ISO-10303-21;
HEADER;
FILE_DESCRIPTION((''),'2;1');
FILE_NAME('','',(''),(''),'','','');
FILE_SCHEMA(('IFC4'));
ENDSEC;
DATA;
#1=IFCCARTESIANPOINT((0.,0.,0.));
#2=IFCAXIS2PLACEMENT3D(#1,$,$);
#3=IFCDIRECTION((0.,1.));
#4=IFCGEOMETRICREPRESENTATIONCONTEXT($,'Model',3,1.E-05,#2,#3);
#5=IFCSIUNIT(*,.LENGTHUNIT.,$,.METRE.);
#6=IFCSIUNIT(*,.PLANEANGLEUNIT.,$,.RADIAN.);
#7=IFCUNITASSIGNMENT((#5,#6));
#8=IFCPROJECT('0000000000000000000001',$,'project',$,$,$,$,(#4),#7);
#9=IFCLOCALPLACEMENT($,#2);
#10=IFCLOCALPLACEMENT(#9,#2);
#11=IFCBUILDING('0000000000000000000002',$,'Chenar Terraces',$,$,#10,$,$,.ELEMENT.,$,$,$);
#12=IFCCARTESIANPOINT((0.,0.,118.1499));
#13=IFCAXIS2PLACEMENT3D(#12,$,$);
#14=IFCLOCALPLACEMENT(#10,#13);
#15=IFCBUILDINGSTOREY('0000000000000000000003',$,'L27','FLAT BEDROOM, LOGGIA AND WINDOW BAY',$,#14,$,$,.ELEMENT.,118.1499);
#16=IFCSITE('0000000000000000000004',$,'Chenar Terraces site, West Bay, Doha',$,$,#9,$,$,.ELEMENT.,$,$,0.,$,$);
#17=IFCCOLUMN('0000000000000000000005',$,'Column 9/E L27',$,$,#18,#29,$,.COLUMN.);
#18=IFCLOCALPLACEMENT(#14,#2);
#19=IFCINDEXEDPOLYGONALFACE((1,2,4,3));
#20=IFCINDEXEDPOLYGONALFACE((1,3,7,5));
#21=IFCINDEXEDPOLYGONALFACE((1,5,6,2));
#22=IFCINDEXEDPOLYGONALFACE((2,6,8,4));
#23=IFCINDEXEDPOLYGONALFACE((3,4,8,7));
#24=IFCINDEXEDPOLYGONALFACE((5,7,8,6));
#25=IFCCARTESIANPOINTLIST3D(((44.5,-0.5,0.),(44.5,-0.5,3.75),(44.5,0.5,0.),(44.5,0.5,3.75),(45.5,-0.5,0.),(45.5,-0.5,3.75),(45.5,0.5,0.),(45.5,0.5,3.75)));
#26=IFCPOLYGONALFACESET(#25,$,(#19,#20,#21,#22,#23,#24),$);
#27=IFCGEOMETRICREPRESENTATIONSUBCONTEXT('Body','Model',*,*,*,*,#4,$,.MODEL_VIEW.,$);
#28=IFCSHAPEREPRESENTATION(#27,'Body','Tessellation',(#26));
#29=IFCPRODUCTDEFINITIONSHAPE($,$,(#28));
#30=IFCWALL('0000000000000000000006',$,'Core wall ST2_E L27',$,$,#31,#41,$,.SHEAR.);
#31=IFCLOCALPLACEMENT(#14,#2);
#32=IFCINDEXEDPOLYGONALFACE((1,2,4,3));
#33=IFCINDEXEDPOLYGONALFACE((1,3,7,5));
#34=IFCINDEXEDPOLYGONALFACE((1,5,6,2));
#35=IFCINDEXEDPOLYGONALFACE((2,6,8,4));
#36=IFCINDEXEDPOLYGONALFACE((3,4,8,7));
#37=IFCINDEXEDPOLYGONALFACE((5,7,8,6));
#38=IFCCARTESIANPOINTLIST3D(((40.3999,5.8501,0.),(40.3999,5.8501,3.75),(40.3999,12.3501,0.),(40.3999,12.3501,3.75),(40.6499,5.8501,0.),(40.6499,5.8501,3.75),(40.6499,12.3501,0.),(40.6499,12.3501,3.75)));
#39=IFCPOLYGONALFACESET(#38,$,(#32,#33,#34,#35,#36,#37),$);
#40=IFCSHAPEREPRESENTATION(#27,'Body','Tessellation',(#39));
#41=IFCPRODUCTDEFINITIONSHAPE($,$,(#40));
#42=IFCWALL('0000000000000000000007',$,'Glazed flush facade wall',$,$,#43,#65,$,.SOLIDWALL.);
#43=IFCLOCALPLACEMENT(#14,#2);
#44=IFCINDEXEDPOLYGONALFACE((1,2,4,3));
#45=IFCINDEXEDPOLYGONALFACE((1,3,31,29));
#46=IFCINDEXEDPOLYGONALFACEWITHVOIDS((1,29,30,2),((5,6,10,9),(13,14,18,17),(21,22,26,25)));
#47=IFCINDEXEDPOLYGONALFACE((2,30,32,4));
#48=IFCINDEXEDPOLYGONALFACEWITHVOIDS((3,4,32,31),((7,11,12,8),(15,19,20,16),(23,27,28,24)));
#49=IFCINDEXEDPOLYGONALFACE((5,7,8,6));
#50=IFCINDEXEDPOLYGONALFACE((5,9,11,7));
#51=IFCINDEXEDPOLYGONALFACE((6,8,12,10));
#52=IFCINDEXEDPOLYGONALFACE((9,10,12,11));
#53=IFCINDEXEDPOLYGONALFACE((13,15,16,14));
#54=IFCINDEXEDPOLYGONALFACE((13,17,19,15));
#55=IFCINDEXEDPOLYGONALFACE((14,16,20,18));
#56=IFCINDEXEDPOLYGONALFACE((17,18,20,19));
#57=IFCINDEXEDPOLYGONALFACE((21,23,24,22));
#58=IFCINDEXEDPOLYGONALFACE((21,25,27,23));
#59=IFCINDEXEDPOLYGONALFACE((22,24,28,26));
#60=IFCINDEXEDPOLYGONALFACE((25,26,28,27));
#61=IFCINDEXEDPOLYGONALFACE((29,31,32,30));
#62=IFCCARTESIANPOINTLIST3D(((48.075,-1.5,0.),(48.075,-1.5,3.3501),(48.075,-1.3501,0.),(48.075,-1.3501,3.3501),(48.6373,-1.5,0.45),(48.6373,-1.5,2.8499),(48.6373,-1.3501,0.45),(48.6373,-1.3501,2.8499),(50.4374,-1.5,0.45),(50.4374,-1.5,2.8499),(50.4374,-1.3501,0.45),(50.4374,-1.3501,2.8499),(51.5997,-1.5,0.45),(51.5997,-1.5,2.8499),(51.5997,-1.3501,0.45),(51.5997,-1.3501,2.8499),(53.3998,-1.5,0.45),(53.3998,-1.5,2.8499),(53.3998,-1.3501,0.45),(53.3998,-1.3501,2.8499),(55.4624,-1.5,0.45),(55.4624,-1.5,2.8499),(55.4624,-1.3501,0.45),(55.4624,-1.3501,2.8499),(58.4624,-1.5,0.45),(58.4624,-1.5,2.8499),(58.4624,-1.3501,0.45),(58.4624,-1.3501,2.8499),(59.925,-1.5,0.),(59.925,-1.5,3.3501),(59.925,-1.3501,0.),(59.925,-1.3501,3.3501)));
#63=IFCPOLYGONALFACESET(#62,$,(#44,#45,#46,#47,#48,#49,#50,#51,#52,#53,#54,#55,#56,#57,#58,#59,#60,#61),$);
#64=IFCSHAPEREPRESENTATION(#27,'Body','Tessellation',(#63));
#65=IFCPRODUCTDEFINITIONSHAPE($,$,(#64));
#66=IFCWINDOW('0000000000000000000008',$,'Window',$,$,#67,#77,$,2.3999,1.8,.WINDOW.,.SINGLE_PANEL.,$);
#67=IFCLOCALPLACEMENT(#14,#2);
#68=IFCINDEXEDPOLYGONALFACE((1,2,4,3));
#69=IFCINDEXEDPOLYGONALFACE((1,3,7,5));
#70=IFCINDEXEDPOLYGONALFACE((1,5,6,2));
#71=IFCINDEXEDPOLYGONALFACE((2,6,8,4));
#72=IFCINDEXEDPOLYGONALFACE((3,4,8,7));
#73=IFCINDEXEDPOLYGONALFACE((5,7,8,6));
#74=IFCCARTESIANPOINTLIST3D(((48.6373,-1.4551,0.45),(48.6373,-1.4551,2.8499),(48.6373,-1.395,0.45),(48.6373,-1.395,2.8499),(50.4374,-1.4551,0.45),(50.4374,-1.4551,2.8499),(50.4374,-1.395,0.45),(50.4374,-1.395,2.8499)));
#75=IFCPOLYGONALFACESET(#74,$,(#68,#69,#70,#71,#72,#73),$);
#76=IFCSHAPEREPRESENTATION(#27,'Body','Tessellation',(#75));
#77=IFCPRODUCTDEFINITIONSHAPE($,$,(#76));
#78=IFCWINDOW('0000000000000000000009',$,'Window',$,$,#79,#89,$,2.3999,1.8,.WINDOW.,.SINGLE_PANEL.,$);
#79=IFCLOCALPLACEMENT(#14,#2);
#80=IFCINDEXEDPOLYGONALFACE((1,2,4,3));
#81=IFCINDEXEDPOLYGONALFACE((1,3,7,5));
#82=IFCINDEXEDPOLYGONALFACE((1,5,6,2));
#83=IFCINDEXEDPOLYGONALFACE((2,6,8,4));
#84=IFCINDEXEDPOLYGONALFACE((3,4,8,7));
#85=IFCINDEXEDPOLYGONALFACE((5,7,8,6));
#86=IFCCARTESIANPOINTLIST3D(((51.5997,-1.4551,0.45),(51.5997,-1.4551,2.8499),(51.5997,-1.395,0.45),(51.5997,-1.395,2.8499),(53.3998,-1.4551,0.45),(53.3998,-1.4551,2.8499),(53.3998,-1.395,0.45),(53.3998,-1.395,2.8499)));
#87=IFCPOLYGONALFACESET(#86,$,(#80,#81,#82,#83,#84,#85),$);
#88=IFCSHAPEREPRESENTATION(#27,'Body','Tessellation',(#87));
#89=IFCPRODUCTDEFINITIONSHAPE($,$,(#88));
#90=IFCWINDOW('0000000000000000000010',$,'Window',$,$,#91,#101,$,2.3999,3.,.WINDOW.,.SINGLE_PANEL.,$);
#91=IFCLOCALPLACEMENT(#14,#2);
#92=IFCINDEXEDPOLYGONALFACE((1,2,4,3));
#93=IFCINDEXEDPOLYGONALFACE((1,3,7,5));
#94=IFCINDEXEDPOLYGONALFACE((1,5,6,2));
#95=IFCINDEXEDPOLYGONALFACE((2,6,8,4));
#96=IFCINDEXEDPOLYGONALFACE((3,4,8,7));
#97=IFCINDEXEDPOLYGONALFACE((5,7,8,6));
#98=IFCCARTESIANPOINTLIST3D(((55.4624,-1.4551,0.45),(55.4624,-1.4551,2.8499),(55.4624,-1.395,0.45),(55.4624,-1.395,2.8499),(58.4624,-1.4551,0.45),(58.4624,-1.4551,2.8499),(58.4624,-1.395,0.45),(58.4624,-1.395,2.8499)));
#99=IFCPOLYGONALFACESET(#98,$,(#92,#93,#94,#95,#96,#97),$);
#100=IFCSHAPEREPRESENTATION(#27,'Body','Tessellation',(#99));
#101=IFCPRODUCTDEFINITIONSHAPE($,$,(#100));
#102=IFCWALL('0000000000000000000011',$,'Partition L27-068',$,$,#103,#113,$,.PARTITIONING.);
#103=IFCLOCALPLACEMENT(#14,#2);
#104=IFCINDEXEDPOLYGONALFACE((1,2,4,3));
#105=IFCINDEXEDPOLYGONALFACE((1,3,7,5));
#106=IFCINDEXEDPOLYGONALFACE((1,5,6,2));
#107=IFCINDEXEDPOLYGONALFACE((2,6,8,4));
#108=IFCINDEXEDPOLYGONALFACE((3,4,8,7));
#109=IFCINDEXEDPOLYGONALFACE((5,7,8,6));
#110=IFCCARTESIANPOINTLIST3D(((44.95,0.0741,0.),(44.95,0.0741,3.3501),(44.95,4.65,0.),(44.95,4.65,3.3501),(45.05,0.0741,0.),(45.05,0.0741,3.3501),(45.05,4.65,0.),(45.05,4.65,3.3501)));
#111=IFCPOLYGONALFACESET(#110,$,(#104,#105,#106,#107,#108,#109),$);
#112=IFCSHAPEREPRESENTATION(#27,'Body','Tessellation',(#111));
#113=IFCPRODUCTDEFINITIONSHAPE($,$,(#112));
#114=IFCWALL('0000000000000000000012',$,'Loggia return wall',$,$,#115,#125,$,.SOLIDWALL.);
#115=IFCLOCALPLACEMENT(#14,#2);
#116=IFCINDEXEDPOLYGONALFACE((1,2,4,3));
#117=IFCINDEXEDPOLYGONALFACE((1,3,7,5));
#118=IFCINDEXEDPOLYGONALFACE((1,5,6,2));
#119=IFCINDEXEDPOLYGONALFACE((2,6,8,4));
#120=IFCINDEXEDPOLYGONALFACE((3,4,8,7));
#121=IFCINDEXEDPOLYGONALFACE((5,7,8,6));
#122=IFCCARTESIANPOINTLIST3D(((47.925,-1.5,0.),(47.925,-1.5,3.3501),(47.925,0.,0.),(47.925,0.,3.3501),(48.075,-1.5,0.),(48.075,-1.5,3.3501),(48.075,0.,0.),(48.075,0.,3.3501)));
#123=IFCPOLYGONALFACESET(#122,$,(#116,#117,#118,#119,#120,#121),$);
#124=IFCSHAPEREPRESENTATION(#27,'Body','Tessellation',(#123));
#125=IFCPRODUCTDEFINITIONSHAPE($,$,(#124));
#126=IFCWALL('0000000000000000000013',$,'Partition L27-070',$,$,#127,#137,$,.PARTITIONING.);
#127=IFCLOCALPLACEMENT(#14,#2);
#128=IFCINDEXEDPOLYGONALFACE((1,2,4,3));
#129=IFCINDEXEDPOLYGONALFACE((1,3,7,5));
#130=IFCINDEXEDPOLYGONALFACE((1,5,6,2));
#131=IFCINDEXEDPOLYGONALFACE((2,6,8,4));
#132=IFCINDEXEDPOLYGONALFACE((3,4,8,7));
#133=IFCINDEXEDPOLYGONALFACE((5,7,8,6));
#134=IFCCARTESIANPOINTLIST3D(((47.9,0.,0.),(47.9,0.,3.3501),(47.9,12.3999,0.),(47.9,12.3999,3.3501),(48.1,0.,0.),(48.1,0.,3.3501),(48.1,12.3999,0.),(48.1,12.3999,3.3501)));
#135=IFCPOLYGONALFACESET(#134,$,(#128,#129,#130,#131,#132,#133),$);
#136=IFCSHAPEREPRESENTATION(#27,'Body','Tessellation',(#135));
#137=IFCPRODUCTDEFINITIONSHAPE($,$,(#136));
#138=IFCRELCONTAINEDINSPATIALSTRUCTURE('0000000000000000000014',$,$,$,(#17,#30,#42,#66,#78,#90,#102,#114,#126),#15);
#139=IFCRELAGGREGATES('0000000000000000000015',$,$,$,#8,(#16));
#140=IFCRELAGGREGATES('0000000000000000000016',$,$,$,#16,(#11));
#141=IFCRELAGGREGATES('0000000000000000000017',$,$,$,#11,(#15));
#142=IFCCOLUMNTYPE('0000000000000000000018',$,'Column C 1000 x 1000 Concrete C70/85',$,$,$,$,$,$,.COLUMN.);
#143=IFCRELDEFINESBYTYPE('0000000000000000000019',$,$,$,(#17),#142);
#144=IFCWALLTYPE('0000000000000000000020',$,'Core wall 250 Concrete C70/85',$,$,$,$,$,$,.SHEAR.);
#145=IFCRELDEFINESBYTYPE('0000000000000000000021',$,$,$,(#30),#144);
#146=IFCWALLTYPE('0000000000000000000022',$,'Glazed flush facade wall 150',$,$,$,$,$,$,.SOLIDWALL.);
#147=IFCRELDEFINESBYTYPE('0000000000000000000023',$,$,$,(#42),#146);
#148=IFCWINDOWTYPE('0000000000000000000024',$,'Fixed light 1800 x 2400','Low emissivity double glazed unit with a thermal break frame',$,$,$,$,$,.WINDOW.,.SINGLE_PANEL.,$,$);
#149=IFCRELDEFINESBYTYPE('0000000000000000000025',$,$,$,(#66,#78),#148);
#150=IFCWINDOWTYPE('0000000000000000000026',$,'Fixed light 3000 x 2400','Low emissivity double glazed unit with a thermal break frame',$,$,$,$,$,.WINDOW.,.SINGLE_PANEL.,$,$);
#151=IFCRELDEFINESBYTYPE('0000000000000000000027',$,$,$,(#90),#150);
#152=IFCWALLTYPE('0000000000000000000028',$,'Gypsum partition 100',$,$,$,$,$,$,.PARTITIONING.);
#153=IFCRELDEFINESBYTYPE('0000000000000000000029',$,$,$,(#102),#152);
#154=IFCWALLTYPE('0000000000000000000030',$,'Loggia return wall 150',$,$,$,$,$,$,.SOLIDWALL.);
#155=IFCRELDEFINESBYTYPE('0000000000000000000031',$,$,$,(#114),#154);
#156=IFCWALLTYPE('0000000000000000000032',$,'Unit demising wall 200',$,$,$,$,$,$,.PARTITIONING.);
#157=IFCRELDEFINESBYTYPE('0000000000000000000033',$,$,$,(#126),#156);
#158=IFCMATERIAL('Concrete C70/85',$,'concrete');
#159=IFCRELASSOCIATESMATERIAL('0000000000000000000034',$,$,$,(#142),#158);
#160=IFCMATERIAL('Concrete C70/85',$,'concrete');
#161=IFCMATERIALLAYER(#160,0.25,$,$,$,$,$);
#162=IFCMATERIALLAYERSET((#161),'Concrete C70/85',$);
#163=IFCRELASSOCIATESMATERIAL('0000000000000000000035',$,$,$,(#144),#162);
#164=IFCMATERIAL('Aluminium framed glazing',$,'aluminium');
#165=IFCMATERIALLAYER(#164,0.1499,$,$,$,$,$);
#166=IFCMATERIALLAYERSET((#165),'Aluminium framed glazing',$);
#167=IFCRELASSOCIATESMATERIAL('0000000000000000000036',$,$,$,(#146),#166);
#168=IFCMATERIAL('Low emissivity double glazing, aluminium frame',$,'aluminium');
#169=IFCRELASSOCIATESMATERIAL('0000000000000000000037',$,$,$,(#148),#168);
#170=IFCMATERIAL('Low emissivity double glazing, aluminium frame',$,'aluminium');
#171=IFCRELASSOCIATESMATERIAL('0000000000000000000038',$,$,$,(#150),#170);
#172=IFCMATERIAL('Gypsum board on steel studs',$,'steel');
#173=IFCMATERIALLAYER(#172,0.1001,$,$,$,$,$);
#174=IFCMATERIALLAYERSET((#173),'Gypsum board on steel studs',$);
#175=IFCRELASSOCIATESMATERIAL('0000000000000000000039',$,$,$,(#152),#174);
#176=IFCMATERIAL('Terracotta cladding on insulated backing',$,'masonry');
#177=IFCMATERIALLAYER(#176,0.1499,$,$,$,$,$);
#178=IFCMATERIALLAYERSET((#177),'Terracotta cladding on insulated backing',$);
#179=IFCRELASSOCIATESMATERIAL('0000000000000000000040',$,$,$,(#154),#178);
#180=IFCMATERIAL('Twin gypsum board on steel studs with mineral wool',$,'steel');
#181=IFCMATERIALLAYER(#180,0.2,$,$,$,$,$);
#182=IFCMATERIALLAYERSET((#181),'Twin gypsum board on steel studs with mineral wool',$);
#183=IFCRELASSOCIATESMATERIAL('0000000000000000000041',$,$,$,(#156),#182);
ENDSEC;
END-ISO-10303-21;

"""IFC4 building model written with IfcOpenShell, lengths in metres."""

from ifc_helpers import new_model, si_unit, direction, frame, frame_2d, origin, origin_2d, place, context, subcontext, project, spatial, rectangle, extrude, material, layer, layer_set, material_profile, profile_set, type_object, element, fill, save


model = new_model("IFC4")

# Units and contexts
model_context = context("Model", 3, precision=1e-05, world=origin(), true_north=direction((0.0, 1.0)))
body_context = subcontext(model_context, "Body", "Model", "MODEL_VIEW")
ifc_project = project(units=[si_unit("LENGTHUNIT", "METRE"), si_unit("PLANEANGLEUNIT", "RADIAN")], contexts=[model_context])

# Site, building, storey
site_placement = place(None, origin())
site = spatial("IfcSite", under=ifc_project, at=site_placement, Name="Chenar Terraces site, West Bay, Doha", CompositionType="ELEMENT", RefElevation=0.0)
building_placement = place(site_placement, origin())
building = spatial("IfcBuilding", under=site, at=building_placement, Name="Chenar Terraces", CompositionType="ELEMENT")
storey_placement = place(building_placement, frame((0.0, 0.0, 118.1499)))
storey = spatial("IfcBuildingStorey", under=building, at=storey_placement, Name="L27", Description="FLAT BEDROOM, LOGGIA AND WINDOW BAY", CompositionType="ELEMENT", Elevation=118.1499)

# Column
ifc_material_1 = material(Name="Concrete C70/85", Category="concrete")
ifc_material_profile = material_profile(ifc_material_1, rectangle(XDim=1.0, YDim=1.0, at=origin_2d()), Name="C 1000 x 1000")
ifc_profile_set = profile_set([ifc_material_profile], Name="Concrete C70/85")
column_type = type_object("IfcColumnType", Name="Column C 1000 x 1000 Concrete C70/85", PredefinedType="COLUMN", material=ifc_profile_set)
column_placement = place(storey_placement, frame((45.0, 0.0, 0.0), z_axis=(0.0, 0.0, 1.0), x_axis=(1.0, 0.0, 0.0)))
element("IfcColumn", 1, at=column_placement, inside=storey, type_object=column_type, Name="Column 9/E L27", PredefinedType="COLUMN", context=body_context, shape_type="SweptSolid", body=[
    extrude(rectangle(XDim=1.0, YDim=1.0, at=origin_2d()), origin(), (0.0, 0.0, 1.0), 3.75),
])

# Wall
ifc_material_2 = material(Name="Concrete C70/85", Category="concrete")
ifc_layer_1 = layer(ifc_material_2, 0.25)
ifc_layer_set_1 = layer_set([ifc_layer_1], Name="Concrete C70/85")
wall_type_1 = type_object("IfcWallType", Name="Core wall 250 Concrete C70/85", PredefinedType="SHEAR", material=ifc_layer_set_1)
wall_1_placement = place(storey_placement, frame((40.5249, 5.8501, 0.0), z_axis=(0.0, 0.0, 1.0), x_axis=(0.0, 1.0, 0.0)))
element("IfcWall", 2, at=wall_1_placement, inside=storey, type_object=wall_type_1, Name="Core wall ST2_E L27", PredefinedType="SHEAR", context=body_context, shape_type="SweptSolid", body=[
    extrude(rectangle(XDim=6.5, YDim=0.25, at=frame_2d((3.25, 0.0))), origin(), (0.0, 0.0, 1.0), 3.75),
])

# Wall, openings, windows
ifc_material_3 = material(Name="Aluminium framed glazing", Category="aluminium")
ifc_layer_2 = layer(ifc_material_3, 0.1499)
ifc_layer_set_2 = layer_set([ifc_layer_2], Name="Aluminium framed glazing")
wall_type_2 = type_object("IfcWallType", Name="Glazed flush facade wall 150", PredefinedType="SOLIDWALL", material=ifc_layer_set_2)
wall_2_placement = place(storey_placement, frame((48.075, -1.425, 0.0), z_axis=(0.0, 0.0, 1.0), x_axis=(1.0, 0.0, 0.0)))
wall_2 = element("IfcWall", 3, at=wall_2_placement, inside=storey, type_object=wall_type_2, Name="Glazed flush facade wall", PredefinedType="SOLIDWALL", context=body_context, shape_type="SweptSolid", body=[
    extrude(rectangle(XDim=11.8501, YDim=0.1499, at=frame_2d((5.925, 0.0))), origin(), (0.0, 0.0, 1.0), 3.3501),
])
opening_1_placement = place(wall_2_placement, frame((0.5625, 0.0, 0.45)))
opening_1 = element("IfcOpeningElement", 4, at=opening_1_placement, cuts=wall_2, PredefinedType="OPENING", context=body_context, shape_type="SweptSolid", body=[
    extrude(rectangle(XDim=1.8, YDim=2.3999, at=frame_2d((0.8999, 1.2))), frame((0.0, 0.085, 0.0), z_axis=(0.0, -1.0, 0.0), x_axis=(1.0, 0.0, 0.0)), (0.0, 0.0, 1.0), 0.1699),
])
opening_2_placement = place(wall_2_placement, frame((3.5249, 0.0, 0.45)))
opening_2 = element("IfcOpeningElement", 5, at=opening_2_placement, cuts=wall_2, PredefinedType="OPENING", context=body_context, shape_type="SweptSolid", body=[
    extrude(rectangle(XDim=1.8, YDim=2.3999, at=frame_2d((0.8999, 1.2))), frame((0.0, 0.085, 0.0), z_axis=(0.0, -1.0, 0.0), x_axis=(1.0, 0.0, 0.0)), (0.0, 0.0, 1.0), 0.1699),
])
opening_3_placement = place(wall_2_placement, frame((7.3875, 0.0, 0.45)))
opening_3 = element("IfcOpeningElement", 6, at=opening_3_placement, cuts=wall_2, PredefinedType="OPENING", context=body_context, shape_type="SweptSolid", body=[
    extrude(rectangle(XDim=3.0, YDim=2.3999, at=frame_2d((1.5, 1.2))), frame((0.0, 0.085, 0.0), z_axis=(0.0, -1.0, 0.0), x_axis=(1.0, 0.0, 0.0)), (0.0, 0.0, 1.0), 0.1699),
])
ifc_material_4 = material(Name="Low emissivity double glazing, aluminium frame", Category="aluminium")
window_type_1 = type_object("IfcWindowType", Name="Fixed light 1800 x 2400", Description="Low emissivity double glazed unit with a thermal break frame", PartitioningType="SINGLE_PANEL", PredefinedType="WINDOW", material=ifc_material_4)
window_1_placement = place(opening_1_placement, origin())
window_1 = element("IfcWindow", 7, at=window_1_placement, inside=storey, type_object=window_type_1, Name="Window", OverallHeight=2.3999, OverallWidth=1.8, PartitioningType="SINGLE_PANEL", PredefinedType="WINDOW", context=body_context, shape_type="SweptSolid", body=[
    extrude(rectangle(XDim=1.8, YDim=2.3999, at=frame_2d((0.8999, 1.2))), frame((0.0, 0.03, 0.0), z_axis=(0.0, -1.0, 0.0), x_axis=(1.0, 0.0, 0.0)), (0.0, 0.0, 1.0), 0.0601),
])
fill(opening_1, window_1)
window_2_placement = place(opening_2_placement, origin())
window_2 = element("IfcWindow", 8, at=window_2_placement, inside=storey, type_object=window_type_1, Name="Window", OverallHeight=2.3999, OverallWidth=1.8, PartitioningType="SINGLE_PANEL", PredefinedType="WINDOW", context=body_context, shape_type="SweptSolid", body=[
    extrude(rectangle(XDim=1.8, YDim=2.3999, at=frame_2d((0.8999, 1.2))), frame((0.0, 0.03, 0.0), z_axis=(0.0, -1.0, 0.0), x_axis=(1.0, 0.0, 0.0)), (0.0, 0.0, 1.0), 0.0601),
])
fill(opening_2, window_2)
ifc_material_5 = material(Name="Low emissivity double glazing, aluminium frame", Category="aluminium")
window_type_2 = type_object("IfcWindowType", Name="Fixed light 3000 x 2400", Description="Low emissivity double glazed unit with a thermal break frame", PartitioningType="SINGLE_PANEL", PredefinedType="WINDOW", material=ifc_material_5)
window_3_placement = place(opening_3_placement, origin())
window_3 = element("IfcWindow", 9, at=window_3_placement, inside=storey, type_object=window_type_2, Name="Window", OverallHeight=2.3999, OverallWidth=3.0, PartitioningType="SINGLE_PANEL", PredefinedType="WINDOW", context=body_context, shape_type="SweptSolid", body=[
    extrude(rectangle(XDim=3.0, YDim=2.3999, at=frame_2d((1.5, 1.2))), frame((0.0, 0.03, 0.0), z_axis=(0.0, -1.0, 0.0), x_axis=(1.0, 0.0, 0.0)), (0.0, 0.0, 1.0), 0.0601),
])
fill(opening_3, window_3)

# Walls
ifc_material_6 = material(Name="Gypsum board on steel studs", Category="steel")
ifc_layer_3 = layer(ifc_material_6, 0.1001)
ifc_layer_set_3 = layer_set([ifc_layer_3], Name="Gypsum board on steel studs")
wall_type_3 = type_object("IfcWallType", Name="Gypsum partition 100", PredefinedType="PARTITIONING", material=ifc_layer_set_3)
wall_3_placement = place(storey_placement, frame((45.0, 0.074, 0.0), z_axis=(0.0, 0.0, 1.0), x_axis=(0.0, 1.0, 0.0)))
element("IfcWall", 10, at=wall_3_placement, inside=storey, type_object=wall_type_3, Name="Partition L27-068", PredefinedType="PARTITIONING", context=body_context, shape_type="SweptSolid", body=[
    extrude(rectangle(XDim=4.5759, YDim=0.1001, at=frame_2d((2.2881, 0.0))), origin(), (0.0, 0.0, 1.0), 3.3501),
])
ifc_material_7 = material(Name="Terracotta cladding on insulated backing", Category="masonry")
ifc_layer_4 = layer(ifc_material_7, 0.1499)
ifc_layer_set_4 = layer_set([ifc_layer_4], Name="Terracotta cladding on insulated backing")
wall_type_4 = type_object("IfcWallType", Name="Loggia return wall 150", PredefinedType="SOLIDWALL", material=ifc_layer_set_4)
wall_4_placement = place(storey_placement, frame((48.0, -1.5, 0.0), z_axis=(0.0, 0.0, 1.0), x_axis=(0.0, 1.0, 0.0)))
element("IfcWall", 11, at=wall_4_placement, inside=storey, type_object=wall_type_4, Name="Loggia return wall", PredefinedType="SOLIDWALL", context=body_context, shape_type="SweptSolid", body=[
    extrude(rectangle(XDim=1.5, YDim=0.1499, at=frame_2d((0.75, 0.0))), origin(), (0.0, 0.0, 1.0), 3.3501),
])
ifc_material_8 = material(Name="Twin gypsum board on steel studs with mineral wool", Category="steel")
ifc_layer_5 = layer(ifc_material_8, 0.2)
ifc_layer_set_5 = layer_set([ifc_layer_5], Name="Twin gypsum board on steel studs with mineral wool")
wall_type_5 = type_object("IfcWallType", Name="Unit demising wall 200", PredefinedType="PARTITIONING", material=ifc_layer_set_5)
wall_5_placement = place(storey_placement, frame((48.0, 0.0, 0.0), z_axis=(0.0, 0.0, 1.0), x_axis=(0.0, 1.0, 0.0)))
element("IfcWall", 12, at=wall_5_placement, inside=storey, type_object=wall_type_5, Name="Partition L27-070", PredefinedType="PARTITIONING", context=body_context, shape_type="SweptSolid", body=[
    extrude(rectangle(XDim=12.3999, YDim=0.2, at=frame_2d((6.2, 0.0))), origin(), (0.0, 0.0, 1.0), 3.3501),
])

save(model, "model.ifc")
